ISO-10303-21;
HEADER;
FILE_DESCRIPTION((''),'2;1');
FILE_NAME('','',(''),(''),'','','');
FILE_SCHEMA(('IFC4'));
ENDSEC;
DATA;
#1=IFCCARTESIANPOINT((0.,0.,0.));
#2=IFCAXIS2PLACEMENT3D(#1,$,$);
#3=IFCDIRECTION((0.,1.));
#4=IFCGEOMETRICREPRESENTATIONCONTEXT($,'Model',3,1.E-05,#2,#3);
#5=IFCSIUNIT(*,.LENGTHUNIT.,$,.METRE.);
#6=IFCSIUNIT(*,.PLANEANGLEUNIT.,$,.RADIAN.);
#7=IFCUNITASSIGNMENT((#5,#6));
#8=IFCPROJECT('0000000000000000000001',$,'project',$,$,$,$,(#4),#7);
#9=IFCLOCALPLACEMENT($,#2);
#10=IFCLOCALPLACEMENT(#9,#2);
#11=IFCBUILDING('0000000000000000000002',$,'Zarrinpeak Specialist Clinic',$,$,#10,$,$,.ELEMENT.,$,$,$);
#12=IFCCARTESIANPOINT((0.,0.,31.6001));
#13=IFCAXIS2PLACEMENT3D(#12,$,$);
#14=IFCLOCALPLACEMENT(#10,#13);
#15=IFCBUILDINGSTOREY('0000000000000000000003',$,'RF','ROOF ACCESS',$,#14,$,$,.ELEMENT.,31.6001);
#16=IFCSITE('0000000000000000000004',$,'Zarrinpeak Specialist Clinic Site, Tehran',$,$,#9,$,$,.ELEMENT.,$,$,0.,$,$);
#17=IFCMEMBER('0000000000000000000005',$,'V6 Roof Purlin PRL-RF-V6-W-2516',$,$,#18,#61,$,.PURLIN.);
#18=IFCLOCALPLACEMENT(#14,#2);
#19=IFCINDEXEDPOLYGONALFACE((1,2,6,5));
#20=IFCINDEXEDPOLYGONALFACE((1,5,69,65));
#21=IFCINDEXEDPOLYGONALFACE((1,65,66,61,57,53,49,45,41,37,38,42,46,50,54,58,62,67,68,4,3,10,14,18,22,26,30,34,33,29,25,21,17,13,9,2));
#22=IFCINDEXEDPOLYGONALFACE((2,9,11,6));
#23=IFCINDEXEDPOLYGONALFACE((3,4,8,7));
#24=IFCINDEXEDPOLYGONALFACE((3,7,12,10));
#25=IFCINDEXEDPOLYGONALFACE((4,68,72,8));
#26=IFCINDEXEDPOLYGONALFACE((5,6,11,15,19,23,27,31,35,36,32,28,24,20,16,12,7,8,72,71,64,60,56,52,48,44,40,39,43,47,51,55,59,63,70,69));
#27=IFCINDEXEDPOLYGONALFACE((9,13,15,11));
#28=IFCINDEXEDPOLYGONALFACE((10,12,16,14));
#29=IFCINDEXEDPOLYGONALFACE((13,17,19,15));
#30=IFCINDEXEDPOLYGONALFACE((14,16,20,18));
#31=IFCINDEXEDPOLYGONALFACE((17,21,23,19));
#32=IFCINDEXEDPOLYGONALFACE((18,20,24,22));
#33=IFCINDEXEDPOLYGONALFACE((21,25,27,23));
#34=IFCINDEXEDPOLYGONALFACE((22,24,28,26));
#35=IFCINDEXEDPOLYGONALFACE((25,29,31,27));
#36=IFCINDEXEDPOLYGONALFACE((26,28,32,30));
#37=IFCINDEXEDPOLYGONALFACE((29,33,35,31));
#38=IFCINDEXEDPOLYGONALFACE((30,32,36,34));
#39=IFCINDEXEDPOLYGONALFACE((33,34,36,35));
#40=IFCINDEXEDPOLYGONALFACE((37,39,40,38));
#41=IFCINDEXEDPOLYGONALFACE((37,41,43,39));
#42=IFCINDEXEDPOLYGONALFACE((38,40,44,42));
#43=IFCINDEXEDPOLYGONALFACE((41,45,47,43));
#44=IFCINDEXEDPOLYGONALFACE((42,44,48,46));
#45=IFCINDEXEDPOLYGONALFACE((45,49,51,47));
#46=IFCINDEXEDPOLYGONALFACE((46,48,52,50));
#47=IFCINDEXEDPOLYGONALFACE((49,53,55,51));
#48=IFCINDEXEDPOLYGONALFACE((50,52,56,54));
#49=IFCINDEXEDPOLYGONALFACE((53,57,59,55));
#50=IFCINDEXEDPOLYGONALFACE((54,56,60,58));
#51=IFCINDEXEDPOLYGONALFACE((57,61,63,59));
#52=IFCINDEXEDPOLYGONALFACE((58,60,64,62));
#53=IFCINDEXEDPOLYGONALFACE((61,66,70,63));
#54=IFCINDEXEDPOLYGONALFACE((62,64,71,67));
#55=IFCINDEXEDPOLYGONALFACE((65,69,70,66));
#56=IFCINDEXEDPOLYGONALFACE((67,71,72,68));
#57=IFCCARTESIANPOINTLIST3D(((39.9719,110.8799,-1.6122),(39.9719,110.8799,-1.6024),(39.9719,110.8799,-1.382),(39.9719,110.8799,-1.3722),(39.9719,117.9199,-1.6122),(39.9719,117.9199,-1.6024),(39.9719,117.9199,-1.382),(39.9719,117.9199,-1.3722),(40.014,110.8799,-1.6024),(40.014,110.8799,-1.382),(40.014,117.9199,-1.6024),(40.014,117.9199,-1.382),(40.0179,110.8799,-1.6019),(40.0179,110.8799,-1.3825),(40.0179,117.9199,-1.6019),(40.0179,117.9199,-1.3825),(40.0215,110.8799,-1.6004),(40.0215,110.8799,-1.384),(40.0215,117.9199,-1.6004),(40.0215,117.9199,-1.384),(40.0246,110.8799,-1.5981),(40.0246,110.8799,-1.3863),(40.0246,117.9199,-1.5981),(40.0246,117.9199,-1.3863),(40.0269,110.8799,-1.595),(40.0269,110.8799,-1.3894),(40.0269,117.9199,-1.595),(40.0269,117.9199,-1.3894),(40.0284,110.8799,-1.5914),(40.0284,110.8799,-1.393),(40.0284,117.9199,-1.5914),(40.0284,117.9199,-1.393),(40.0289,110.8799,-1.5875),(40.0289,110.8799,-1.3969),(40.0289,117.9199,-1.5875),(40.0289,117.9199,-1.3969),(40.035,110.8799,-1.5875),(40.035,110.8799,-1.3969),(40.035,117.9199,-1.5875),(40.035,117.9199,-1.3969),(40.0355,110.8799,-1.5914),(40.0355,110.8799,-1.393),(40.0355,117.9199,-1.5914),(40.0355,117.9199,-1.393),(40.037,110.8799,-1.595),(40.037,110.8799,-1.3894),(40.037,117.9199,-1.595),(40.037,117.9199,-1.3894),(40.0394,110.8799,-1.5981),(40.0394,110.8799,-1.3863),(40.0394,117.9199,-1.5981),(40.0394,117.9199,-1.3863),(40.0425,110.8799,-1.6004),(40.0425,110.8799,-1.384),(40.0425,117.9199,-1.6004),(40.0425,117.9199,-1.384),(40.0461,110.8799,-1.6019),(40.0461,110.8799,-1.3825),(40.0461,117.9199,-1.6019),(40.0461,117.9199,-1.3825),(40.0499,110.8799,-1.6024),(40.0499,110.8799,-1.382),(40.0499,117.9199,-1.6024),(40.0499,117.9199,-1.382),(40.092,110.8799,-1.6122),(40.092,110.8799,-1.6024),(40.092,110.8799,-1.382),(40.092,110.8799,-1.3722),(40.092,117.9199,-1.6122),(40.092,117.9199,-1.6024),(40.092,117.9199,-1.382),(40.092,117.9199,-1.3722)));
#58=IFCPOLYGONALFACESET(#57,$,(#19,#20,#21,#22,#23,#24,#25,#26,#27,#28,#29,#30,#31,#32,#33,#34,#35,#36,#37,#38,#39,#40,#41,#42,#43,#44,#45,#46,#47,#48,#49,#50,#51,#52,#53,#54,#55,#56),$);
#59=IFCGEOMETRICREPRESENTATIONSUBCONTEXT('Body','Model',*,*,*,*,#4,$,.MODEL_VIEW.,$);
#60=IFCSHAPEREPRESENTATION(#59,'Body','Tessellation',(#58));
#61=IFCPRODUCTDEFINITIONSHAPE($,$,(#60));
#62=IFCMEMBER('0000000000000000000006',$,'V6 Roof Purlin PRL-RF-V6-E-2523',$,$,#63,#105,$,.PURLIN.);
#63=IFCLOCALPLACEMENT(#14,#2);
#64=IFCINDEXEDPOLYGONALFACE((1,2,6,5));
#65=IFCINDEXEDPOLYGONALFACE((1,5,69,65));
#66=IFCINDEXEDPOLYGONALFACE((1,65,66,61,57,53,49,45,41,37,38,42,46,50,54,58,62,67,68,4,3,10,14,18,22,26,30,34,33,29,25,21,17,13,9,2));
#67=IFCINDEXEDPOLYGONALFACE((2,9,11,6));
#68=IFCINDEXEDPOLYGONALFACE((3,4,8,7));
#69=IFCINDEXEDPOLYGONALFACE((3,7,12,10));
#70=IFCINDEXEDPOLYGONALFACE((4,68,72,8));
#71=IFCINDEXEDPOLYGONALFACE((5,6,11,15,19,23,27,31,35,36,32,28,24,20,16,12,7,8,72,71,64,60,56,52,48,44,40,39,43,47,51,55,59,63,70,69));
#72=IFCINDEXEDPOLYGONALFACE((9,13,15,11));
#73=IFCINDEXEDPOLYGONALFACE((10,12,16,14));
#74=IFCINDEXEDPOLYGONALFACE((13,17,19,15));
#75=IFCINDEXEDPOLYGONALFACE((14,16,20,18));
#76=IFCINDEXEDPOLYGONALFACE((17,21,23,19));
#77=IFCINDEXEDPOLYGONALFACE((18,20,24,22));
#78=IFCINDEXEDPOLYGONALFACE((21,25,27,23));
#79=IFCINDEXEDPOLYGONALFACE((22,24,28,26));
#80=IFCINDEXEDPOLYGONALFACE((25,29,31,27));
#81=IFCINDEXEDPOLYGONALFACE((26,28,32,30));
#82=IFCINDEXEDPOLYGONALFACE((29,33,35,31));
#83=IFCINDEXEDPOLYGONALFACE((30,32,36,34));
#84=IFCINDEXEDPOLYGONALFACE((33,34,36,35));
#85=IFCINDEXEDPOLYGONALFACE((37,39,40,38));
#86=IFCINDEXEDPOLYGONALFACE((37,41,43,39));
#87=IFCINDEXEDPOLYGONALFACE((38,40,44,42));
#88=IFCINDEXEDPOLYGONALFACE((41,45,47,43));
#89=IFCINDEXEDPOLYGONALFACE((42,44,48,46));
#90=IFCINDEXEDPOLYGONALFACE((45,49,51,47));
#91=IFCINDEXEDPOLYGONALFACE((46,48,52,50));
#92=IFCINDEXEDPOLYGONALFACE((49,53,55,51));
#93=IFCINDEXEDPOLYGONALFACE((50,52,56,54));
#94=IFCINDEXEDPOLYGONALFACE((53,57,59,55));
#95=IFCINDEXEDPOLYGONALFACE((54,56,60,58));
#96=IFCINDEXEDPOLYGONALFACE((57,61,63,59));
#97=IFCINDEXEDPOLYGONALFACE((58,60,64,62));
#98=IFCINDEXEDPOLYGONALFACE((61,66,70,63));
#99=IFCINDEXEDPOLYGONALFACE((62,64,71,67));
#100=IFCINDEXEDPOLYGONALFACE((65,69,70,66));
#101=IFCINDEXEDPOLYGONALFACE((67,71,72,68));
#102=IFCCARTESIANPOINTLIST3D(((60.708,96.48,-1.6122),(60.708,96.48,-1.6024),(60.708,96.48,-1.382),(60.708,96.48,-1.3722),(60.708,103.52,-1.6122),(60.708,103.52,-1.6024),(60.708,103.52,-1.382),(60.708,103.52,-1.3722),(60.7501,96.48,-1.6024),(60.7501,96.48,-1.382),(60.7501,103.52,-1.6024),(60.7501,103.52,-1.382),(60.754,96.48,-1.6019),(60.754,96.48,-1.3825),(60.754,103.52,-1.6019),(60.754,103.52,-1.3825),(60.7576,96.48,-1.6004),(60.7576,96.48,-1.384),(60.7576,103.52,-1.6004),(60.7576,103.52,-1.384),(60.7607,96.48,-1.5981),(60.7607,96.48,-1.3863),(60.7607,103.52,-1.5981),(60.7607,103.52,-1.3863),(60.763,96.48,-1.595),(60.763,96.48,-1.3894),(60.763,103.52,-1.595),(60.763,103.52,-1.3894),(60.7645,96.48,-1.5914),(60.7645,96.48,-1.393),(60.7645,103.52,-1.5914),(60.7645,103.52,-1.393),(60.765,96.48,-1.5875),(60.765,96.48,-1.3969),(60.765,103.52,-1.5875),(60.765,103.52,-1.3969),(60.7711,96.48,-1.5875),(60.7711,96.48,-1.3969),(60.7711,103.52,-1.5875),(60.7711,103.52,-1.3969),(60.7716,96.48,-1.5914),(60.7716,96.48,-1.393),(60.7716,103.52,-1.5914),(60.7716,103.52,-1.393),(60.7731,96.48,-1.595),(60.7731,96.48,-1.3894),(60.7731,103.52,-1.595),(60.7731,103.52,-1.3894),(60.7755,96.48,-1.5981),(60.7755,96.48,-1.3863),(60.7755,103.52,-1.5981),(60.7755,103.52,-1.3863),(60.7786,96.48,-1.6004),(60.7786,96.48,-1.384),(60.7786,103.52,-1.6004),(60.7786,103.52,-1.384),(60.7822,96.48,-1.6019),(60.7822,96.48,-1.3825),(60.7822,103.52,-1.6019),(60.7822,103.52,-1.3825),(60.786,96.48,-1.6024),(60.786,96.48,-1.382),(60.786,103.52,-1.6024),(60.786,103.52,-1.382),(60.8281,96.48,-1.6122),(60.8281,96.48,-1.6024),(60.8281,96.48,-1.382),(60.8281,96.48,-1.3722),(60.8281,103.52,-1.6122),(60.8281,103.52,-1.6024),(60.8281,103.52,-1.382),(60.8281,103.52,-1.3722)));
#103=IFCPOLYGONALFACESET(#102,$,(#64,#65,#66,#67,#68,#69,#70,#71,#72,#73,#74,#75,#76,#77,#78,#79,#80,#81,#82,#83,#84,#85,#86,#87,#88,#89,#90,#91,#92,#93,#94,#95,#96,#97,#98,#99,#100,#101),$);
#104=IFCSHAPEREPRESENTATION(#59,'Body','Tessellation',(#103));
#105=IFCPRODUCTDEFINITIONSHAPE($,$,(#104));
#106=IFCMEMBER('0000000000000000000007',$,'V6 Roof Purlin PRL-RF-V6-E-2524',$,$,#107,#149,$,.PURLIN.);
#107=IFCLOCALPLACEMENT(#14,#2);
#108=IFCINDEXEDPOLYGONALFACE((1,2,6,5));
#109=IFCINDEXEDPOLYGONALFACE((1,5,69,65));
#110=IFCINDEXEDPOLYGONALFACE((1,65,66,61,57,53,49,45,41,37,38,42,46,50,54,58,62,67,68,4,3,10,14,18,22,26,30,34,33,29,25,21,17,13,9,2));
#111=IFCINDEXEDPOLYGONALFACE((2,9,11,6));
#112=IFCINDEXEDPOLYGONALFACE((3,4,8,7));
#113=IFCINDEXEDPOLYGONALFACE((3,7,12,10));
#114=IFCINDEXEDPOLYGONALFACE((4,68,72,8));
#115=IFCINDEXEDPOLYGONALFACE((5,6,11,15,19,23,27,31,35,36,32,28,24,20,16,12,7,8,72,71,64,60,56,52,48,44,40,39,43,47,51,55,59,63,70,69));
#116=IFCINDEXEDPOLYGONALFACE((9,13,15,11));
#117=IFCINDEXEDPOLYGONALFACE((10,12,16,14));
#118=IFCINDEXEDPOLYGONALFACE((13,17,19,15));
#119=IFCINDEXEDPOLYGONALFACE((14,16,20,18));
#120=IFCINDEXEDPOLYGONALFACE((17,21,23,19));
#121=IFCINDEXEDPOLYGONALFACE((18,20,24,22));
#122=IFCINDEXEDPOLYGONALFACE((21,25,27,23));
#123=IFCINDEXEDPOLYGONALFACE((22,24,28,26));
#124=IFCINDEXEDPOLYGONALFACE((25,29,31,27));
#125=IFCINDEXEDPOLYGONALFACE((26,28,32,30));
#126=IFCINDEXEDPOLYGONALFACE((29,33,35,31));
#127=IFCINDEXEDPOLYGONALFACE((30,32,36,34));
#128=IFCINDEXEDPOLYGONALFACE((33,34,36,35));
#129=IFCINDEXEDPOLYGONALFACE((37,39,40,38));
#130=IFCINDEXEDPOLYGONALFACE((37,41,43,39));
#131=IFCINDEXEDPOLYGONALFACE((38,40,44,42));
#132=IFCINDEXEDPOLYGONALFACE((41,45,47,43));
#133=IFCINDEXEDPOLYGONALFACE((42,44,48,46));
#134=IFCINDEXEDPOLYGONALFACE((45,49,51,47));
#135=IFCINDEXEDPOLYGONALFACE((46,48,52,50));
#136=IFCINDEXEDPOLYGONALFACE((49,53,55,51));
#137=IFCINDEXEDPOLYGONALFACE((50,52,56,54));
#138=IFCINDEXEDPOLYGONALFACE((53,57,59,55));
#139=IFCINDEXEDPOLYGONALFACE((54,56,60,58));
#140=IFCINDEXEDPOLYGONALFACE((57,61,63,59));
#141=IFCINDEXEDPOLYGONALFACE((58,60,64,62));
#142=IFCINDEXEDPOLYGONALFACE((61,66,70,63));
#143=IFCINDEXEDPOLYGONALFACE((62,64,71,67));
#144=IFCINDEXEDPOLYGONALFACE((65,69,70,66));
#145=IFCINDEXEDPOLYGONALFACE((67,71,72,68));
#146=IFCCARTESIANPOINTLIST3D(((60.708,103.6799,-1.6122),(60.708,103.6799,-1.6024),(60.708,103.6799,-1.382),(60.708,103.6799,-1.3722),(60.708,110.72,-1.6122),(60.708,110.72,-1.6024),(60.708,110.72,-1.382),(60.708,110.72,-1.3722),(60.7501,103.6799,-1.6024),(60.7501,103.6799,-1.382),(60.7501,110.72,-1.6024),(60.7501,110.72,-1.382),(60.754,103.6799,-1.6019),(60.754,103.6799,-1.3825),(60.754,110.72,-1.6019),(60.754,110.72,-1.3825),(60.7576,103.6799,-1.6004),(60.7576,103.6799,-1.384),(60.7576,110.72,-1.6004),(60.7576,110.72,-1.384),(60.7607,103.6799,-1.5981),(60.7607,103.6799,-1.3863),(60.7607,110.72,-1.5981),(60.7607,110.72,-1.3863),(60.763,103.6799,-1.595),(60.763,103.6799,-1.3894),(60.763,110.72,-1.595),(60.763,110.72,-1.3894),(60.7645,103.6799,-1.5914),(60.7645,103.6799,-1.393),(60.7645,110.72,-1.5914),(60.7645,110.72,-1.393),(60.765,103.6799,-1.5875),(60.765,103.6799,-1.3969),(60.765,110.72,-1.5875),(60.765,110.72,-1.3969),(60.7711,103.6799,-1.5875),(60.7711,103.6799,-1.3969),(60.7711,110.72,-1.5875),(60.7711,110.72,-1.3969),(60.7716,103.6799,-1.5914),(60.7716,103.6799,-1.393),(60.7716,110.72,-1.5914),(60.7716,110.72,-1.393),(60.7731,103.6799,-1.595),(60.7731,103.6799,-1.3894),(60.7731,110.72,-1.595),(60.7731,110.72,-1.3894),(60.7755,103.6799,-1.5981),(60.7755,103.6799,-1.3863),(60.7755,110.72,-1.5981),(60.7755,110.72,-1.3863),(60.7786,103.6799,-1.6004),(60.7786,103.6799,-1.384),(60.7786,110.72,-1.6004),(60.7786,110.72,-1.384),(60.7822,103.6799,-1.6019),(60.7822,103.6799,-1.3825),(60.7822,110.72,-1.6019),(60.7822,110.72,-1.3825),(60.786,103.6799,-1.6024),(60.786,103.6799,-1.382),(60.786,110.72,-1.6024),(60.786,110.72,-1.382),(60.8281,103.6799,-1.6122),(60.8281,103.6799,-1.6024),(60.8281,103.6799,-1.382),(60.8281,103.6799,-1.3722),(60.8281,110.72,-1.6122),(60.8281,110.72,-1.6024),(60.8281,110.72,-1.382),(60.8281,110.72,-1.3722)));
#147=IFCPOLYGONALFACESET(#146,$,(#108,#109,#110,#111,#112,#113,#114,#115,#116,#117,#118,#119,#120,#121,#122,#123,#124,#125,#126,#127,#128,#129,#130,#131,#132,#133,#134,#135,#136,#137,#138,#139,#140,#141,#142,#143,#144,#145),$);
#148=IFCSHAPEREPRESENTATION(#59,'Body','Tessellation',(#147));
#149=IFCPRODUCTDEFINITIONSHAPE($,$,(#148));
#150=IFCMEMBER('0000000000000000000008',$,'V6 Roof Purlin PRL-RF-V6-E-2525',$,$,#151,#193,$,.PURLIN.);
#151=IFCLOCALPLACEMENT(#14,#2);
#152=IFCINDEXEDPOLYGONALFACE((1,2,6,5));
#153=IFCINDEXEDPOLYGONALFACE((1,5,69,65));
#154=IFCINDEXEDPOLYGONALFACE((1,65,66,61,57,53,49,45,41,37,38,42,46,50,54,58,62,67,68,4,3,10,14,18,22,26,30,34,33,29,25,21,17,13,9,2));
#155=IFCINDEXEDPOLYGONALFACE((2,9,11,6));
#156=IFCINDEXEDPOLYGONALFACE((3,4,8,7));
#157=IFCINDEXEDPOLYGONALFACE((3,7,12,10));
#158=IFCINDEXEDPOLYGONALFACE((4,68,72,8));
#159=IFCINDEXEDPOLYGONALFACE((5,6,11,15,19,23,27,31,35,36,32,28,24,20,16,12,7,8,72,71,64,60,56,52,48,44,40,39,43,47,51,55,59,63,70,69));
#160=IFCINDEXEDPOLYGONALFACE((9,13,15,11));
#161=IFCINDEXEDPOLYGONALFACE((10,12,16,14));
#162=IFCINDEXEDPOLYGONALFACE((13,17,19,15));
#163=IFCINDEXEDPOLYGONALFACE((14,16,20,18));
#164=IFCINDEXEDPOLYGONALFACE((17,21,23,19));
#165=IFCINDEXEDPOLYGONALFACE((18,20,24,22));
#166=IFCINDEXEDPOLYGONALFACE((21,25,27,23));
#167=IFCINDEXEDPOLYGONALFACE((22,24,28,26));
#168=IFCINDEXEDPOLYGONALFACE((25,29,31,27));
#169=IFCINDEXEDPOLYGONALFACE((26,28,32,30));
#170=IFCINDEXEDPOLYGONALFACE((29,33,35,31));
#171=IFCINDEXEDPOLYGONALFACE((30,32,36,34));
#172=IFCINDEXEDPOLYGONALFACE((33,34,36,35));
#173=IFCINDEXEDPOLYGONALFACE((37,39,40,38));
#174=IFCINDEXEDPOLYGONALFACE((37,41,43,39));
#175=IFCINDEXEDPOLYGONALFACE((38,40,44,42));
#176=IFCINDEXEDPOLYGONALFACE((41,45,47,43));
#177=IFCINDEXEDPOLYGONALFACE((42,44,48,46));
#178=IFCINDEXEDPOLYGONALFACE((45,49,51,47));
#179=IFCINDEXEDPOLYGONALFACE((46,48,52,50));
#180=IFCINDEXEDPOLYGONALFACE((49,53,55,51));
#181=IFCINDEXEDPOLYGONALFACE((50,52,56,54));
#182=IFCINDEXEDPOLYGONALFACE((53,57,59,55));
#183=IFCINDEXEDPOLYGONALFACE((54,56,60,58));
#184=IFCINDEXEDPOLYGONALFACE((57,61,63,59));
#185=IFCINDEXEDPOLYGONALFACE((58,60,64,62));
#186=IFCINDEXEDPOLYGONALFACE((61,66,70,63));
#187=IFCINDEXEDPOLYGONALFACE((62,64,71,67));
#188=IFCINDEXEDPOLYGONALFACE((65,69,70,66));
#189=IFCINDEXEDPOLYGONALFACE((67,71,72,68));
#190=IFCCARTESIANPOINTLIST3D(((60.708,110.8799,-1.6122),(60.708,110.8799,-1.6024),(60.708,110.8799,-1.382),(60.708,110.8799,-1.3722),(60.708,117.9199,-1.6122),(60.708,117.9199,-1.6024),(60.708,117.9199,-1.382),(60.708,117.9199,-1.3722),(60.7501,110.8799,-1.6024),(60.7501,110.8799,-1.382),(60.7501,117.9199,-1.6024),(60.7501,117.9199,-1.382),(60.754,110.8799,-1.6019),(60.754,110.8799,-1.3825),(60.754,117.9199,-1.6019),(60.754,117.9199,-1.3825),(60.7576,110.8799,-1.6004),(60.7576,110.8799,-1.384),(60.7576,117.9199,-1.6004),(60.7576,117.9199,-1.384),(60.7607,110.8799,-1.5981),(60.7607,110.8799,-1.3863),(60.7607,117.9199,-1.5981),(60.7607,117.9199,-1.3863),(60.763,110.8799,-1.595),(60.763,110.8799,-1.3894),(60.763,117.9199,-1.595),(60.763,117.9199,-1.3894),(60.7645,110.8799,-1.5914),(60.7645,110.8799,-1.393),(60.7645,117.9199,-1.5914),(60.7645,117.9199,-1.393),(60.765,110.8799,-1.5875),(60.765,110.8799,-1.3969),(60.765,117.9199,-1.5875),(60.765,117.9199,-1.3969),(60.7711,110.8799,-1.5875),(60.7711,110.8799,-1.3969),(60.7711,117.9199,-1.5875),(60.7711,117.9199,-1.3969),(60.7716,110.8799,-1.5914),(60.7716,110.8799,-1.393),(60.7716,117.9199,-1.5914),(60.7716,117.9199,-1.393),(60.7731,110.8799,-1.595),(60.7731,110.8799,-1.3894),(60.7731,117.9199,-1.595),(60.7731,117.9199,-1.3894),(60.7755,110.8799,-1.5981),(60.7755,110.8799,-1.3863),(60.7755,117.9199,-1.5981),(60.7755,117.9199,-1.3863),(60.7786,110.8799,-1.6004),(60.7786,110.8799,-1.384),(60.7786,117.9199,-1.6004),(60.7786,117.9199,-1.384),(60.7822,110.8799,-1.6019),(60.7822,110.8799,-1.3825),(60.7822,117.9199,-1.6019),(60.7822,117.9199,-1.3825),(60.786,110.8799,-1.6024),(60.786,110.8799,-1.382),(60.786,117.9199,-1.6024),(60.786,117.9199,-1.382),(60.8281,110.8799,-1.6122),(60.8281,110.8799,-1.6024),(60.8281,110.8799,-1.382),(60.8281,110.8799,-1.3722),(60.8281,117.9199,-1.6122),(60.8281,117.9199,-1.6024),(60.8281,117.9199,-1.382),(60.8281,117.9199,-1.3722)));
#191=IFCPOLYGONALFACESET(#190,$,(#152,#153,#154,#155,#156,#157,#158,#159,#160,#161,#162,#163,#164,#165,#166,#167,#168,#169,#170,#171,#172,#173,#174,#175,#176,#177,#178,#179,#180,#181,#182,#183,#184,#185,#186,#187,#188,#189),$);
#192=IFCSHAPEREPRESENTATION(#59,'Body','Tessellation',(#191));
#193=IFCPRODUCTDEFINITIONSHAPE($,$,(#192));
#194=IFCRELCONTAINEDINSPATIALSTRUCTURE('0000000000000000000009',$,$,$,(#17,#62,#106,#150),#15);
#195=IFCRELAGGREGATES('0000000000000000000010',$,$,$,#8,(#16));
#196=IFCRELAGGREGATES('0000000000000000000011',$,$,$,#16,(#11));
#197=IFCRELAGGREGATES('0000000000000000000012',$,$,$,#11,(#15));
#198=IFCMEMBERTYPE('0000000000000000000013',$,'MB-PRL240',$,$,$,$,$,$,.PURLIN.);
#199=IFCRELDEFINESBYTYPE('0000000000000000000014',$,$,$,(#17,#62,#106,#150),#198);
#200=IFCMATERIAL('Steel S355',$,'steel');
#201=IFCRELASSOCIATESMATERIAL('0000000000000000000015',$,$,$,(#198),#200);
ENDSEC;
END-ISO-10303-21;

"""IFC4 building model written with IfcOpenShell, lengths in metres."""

from ifc_helpers import new_model, si_unit, direction, frame, origin, origin_2d, place, context, subcontext, project, spatial, i_section, extrude, material, material_profile, profile_set, type_object, element, save


model = new_model("IFC4")

# Units and contexts
model_context = context("Model", 3, precision=1e-05, world=origin(), true_north=direction((0.0, 1.0)))
body_context = subcontext(model_context, "Body", "Model", "MODEL_VIEW")
ifc_project = project(units=[si_unit("LENGTHUNIT", "METRE"), si_unit("PLANEANGLEUNIT", "RADIAN")], contexts=[model_context])

# Site, building, storey
site_placement = place(None, origin())
site = spatial("IfcSite", under=ifc_project, at=site_placement, Name="Zarrinpeak Specialist Clinic Site, Tehran", CompositionType="ELEMENT", RefElevation=0.0)
building_placement = place(site_placement, origin())
building = spatial("IfcBuilding", under=site, at=building_placement, Name="Zarrinpeak Specialist Clinic", CompositionType="ELEMENT")
storey_placement = place(building_placement, frame((0.0, 0.0, 31.6001)))
storey = spatial("IfcBuildingStorey", under=building, at=storey_placement, Name="RF", Description="ROOF ACCESS", CompositionType="ELEMENT", Elevation=31.6001)

# Shared definitions
ifc_material = material(Name="Steel S355", Category="steel")

# Members
ifc_material_profile_1 = material_profile(ifc_material, i_section(OverallWidth=0.1201, OverallDepth=0.24, WebThickness=0.0061, FlangeThickness=0.0098, FilletRadius=0.0149, at=origin_2d()), Name="IPE 240")
ifc_profile_set_1 = profile_set([ifc_material_profile_1], Name="Steel S355")
member_type_1 = type_object("IfcMemberType", Name="MB-PRL240", PredefinedType="PURLIN", material=ifc_profile_set_1)
for number, where, z_axis, x_axis, name in (
    (1, (40.032, 110.8799, -1.4922), (0.0, 1.0, 0.0), (-1.0, 0.0, 0.0), "V6 Roof Purlin PRL-RF-V6-W-2516"),
    (2, (60.7681, 96.48, -1.4922), (0.0, 1.0, 0.0), (-1.0, 0.0, 0.0), "V6 Roof Purlin PRL-RF-V6-E-2523"),
    (3, (60.7681, 103.6799, -1.4922), (0.0, 1.0, 0.0), (-1.0, 0.0, 0.0), "V6 Roof Purlin PRL-RF-V6-E-2524"),
    (4, (60.7681, 110.8799, -1.4922), (0.0, 1.0, 0.0), (-1.0, 0.0, 0.0), "V6 Roof Purlin PRL-RF-V6-E-2525"),
):
    element("IfcMember", number, at=place(storey_placement, frame(where, z_axis=z_axis, x_axis=x_axis)), inside=storey, type_object=member_type_1, Name=name, PredefinedType="PURLIN", context=body_context, shape_type="SweptSolid", body=[
        extrude(i_section(OverallWidth=0.1201, OverallDepth=0.24, WebThickness=0.0061, FlangeThickness=0.0098, FilletRadius=0.0149, at=origin_2d()), origin(), (0.0, 0.0, 1.0), 7.04),
    ])

save(model, "model.ifc")
